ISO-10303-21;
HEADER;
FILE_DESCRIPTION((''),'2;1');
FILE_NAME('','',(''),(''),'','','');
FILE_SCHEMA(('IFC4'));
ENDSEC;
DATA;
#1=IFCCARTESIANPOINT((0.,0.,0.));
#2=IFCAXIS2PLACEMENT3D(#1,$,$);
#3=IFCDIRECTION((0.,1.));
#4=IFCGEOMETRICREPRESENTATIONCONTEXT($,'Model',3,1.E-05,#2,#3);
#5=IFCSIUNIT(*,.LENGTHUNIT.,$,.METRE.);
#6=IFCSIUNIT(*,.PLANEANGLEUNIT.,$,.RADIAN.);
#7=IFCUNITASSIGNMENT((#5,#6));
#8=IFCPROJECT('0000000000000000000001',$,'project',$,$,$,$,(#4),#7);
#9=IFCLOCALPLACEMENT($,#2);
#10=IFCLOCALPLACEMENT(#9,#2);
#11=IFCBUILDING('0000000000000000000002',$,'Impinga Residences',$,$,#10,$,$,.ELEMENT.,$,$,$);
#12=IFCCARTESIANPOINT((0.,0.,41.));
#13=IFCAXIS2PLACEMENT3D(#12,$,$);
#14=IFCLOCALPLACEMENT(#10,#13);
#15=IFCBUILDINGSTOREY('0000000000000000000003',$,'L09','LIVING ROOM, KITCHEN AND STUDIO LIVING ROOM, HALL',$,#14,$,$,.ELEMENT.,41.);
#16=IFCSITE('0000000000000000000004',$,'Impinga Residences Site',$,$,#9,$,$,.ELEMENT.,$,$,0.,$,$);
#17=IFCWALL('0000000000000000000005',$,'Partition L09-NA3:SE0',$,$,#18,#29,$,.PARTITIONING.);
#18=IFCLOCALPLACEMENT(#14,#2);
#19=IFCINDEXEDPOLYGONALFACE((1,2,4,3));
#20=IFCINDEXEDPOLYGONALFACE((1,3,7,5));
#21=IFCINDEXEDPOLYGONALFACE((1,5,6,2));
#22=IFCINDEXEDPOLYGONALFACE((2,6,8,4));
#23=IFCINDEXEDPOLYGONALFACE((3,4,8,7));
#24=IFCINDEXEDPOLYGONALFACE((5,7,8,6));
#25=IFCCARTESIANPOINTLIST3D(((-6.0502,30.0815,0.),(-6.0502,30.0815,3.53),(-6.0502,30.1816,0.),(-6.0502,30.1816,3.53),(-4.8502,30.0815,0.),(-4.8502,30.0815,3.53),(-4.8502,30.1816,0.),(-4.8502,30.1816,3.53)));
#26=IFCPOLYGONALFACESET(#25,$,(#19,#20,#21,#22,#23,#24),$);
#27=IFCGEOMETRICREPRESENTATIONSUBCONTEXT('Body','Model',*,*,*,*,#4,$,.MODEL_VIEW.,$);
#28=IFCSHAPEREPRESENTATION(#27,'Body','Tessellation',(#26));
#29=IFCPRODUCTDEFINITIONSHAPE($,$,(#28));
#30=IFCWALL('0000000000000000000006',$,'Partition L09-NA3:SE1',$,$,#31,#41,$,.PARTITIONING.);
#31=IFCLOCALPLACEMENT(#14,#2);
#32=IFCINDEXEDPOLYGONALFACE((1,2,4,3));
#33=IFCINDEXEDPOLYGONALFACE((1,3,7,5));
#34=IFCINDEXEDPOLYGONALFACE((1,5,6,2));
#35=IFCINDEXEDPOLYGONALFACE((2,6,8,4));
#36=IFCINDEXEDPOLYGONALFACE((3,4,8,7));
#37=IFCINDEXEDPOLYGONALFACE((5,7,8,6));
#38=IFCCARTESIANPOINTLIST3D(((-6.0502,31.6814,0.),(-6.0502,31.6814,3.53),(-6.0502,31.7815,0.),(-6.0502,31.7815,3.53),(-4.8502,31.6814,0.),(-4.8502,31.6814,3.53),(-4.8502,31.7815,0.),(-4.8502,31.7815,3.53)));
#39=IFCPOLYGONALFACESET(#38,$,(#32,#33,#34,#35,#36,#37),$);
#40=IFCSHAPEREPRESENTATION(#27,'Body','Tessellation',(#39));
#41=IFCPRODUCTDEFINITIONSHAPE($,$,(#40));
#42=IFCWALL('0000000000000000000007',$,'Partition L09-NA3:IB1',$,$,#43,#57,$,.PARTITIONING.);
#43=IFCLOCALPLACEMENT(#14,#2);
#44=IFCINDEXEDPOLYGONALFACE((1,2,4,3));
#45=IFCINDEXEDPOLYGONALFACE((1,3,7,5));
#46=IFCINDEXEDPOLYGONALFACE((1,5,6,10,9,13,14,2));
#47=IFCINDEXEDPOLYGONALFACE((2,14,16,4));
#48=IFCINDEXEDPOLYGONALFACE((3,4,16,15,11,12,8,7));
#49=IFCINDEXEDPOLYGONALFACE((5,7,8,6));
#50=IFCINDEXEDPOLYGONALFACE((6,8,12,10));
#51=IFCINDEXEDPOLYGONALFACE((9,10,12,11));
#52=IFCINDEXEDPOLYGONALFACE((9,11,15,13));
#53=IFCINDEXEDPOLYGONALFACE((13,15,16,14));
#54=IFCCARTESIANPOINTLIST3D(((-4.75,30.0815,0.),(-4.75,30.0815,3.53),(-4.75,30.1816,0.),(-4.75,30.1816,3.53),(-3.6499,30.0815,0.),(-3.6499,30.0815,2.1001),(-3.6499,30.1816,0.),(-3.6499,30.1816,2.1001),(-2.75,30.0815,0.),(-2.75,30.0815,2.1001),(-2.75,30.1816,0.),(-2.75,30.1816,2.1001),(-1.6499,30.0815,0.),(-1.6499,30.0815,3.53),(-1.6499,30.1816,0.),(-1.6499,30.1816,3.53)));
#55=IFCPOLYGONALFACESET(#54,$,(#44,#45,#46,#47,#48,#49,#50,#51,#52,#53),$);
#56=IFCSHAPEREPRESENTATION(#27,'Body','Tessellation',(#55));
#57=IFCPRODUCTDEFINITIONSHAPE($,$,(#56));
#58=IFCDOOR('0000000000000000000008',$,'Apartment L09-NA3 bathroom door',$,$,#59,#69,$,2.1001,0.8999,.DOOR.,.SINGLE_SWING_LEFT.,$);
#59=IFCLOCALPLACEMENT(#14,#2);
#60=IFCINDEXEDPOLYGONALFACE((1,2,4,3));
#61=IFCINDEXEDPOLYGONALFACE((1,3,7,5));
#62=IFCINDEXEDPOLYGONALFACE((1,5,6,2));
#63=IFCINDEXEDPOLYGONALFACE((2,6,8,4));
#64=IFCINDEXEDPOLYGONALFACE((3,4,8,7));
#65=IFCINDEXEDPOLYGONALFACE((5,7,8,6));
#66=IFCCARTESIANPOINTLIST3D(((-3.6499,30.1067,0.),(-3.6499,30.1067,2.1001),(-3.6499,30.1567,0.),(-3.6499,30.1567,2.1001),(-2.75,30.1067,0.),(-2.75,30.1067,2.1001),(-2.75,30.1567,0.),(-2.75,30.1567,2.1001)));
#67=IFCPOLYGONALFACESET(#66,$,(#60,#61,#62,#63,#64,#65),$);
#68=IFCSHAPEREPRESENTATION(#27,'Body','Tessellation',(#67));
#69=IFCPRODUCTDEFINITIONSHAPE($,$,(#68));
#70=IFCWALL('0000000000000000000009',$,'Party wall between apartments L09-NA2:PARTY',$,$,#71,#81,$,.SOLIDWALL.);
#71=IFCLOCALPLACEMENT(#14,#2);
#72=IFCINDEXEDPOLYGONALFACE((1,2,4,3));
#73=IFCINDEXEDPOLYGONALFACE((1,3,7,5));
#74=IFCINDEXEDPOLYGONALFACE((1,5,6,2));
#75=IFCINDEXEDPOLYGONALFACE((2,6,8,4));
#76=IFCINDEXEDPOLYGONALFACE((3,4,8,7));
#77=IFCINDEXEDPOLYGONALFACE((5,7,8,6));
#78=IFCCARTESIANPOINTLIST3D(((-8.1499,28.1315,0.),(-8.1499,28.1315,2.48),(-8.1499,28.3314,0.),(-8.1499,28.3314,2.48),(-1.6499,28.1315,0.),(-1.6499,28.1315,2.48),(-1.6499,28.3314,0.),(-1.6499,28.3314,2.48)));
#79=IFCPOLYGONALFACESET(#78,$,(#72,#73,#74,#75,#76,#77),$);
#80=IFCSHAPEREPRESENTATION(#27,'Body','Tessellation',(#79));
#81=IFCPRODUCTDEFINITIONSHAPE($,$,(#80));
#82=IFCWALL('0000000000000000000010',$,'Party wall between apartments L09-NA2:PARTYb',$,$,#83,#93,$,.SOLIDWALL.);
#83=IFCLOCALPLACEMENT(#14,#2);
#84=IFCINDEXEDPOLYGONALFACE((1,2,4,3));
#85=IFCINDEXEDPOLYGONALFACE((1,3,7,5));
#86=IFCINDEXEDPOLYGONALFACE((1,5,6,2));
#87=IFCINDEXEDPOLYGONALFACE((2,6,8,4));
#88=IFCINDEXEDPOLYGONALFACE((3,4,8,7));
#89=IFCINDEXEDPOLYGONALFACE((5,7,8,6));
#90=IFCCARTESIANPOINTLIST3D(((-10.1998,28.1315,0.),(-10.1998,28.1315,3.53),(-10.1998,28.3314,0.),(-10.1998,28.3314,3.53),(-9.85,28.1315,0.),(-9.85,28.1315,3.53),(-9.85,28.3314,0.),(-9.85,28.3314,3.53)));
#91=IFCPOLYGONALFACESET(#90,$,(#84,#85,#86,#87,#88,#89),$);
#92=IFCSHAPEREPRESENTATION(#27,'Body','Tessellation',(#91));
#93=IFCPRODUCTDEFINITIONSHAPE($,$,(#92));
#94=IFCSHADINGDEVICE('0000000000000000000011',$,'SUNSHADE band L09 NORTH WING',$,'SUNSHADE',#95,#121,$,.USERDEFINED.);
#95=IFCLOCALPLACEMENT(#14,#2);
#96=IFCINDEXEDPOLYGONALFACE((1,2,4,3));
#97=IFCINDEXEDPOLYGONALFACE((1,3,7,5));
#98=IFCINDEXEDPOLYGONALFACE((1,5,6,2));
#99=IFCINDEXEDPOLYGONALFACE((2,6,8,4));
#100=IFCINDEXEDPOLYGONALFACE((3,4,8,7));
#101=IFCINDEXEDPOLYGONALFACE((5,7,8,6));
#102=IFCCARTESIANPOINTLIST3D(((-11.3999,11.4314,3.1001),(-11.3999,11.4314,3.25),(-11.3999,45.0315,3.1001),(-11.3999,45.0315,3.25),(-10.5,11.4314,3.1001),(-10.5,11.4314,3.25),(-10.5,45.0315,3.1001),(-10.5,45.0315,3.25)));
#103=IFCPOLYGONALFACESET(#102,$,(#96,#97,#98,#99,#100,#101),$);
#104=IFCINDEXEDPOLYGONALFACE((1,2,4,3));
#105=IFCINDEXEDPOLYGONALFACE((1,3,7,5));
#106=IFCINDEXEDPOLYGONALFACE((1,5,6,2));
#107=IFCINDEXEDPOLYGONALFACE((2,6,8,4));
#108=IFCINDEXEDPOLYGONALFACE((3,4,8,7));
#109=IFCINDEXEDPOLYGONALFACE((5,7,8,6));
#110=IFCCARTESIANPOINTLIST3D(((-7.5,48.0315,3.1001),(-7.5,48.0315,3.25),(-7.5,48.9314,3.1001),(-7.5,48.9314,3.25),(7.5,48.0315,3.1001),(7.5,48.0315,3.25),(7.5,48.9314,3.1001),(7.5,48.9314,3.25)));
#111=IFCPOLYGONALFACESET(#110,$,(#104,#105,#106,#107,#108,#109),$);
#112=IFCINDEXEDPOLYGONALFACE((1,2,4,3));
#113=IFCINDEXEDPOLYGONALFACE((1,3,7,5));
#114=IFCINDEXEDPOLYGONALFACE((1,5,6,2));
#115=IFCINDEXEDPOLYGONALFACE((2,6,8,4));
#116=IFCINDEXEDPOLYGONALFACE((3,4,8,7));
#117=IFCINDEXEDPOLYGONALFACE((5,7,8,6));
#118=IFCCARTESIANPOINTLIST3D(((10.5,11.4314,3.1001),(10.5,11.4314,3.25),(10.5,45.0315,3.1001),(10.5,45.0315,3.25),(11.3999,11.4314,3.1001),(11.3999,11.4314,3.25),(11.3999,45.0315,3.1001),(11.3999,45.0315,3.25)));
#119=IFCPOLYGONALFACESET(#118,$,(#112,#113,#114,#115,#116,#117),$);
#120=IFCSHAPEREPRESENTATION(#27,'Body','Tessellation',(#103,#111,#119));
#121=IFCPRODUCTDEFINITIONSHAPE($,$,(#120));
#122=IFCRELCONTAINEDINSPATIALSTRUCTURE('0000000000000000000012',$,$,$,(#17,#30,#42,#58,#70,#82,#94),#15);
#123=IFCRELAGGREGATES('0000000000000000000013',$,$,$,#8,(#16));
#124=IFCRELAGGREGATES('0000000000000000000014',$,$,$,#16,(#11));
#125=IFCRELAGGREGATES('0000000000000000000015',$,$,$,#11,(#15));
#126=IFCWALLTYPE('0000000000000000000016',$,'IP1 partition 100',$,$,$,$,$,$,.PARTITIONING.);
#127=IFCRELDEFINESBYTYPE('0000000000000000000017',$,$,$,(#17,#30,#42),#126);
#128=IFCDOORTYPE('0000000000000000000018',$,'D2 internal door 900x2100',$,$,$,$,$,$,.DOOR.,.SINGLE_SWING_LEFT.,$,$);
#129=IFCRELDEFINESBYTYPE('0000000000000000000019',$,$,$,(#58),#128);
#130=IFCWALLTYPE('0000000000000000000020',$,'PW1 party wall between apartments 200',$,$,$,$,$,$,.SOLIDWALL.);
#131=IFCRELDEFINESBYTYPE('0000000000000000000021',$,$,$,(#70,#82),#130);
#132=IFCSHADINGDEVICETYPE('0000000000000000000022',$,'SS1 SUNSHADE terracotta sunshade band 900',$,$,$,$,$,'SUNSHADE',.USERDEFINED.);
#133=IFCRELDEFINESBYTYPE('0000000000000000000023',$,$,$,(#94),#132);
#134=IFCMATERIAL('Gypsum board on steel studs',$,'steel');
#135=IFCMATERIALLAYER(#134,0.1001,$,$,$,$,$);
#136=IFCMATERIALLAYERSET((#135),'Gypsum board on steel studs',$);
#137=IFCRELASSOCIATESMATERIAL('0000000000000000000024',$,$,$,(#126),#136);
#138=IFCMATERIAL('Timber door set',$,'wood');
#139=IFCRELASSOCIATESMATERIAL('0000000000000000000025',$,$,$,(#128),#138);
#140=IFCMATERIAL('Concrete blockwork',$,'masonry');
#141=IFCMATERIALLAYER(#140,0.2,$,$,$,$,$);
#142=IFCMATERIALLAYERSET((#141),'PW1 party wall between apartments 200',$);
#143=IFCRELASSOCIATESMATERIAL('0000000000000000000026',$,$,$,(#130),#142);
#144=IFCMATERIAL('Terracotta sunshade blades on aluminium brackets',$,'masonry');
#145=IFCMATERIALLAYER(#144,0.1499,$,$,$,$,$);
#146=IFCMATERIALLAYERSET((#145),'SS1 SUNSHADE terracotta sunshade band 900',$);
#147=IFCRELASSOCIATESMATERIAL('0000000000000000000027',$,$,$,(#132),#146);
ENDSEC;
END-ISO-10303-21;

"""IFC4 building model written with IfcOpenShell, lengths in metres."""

from ifc_helpers import new_model, si_unit, direction, frame, frame_2d, origin, origin_2d, place, context, subcontext, project, spatial, rectangle, extrude, material, layer, layer_set, type_object, element, fill, save


model = new_model("IFC4")

# Units and contexts
model_context = context("Model", 3, precision=1e-05, world=origin(), true_north=direction((0.0, 1.0)))
body_context = subcontext(model_context, "Body", "Model", "MODEL_VIEW")
ifc_project = project(units=[si_unit("LENGTHUNIT", "METRE"), si_unit("PLANEANGLEUNIT", "RADIAN")], contexts=[model_context])

# Site, building, storey
site_placement = place(None, origin())
site = spatial("IfcSite", under=ifc_project, at=site_placement, Name="Impinga Residences Site", CompositionType="ELEMENT", RefElevation=0.0)
building_placement = place(site_placement, origin())
building = spatial("IfcBuilding", under=site, at=building_placement, Name="Impinga Residences", CompositionType="ELEMENT")
storey_placement = place(building_placement, frame((0.0, 0.0, 41.0)))
storey = spatial("IfcBuildingStorey", under=building, at=storey_placement, Name="L09", Description="LIVING ROOM, KITCHEN AND STUDIO LIVING ROOM, HALL", CompositionType="ELEMENT", Elevation=41.0)

# Shared definitions
ifc_material_1 = material(Name="Concrete blockwork", Category="masonry")
ifc_material_2 = material(Name="Timber door set", Category="wood")

# Shared definitions
ifc_material_3 = material(Name="Gypsum board on steel studs", Category="steel")
ifc_layer_1 = layer(ifc_material_3, 0.1001)
ifc_layer_set_1 = layer_set([ifc_layer_1], Name="Gypsum board on steel studs")
wall_type_1 = type_object("IfcWallType", Name="IP1 partition 100", PredefinedType="PARTITIONING", material=ifc_layer_set_1)

# Shared definitions
door_type_1 = type_object("IfcDoorType", Name="D2 internal door 900x2100", OperationType="SINGLE_SWING_LEFT", PredefinedType="DOOR", material=ifc_material_2)

# Walls
for number, where, z_axis, x_axis, name in (
    (1, (-4.8501, 30.1316, 0.0), (0.0, 0.0, 1.0), (-1.0, 0.0, 0.0), "Partition L09-NA3:SE0"),
    (2, (-4.8501, 31.7314, 0.0), (0.0, 0.0, 1.0), (-1.0, 0.0, 0.0), "Partition L09-NA3:SE1"),
):
    element("IfcWall", number, at=place(storey_placement, frame(where, z_axis=z_axis, x_axis=x_axis)), inside=storey, type_object=wall_type_1, Name=name, PredefinedType="PARTITIONING", context=body_context, shape_type="SweptSolid", body=[
        extrude(rectangle(XDim=1.2, YDim=0.1001, at=frame_2d((0.6001, 0.0))), origin(), (0.0, 0.0, 1.0), 3.53),
    ])

# Wall, opening, door
wall_1_placement = place(storey_placement, frame((-1.6499, 30.1316, 0.0), z_axis=(0.0, 0.0, 1.0), x_axis=(-1.0, 0.0, 0.0)))
wall_1 = element("IfcWall", 3, at=wall_1_placement, inside=storey, type_object=wall_type_1, Name="Partition L09-NA3:IB1", PredefinedType="PARTITIONING", context=body_context, shape_type="SweptSolid", body=[
    extrude(rectangle(XDim=3.1001, YDim=0.1001, at=frame_2d((1.55, 0.0))), origin(), (0.0, 0.0, 1.0), 3.53),
])
opening_1_placement = place(wall_1_placement, frame((1.1001, 0.0, 0.0)))
opening_1 = element("IfcOpeningElement", 4, at=opening_1_placement, cuts=wall_1, PredefinedType="OPENING", context=body_context, shape_type="SweptSolid", body=[
    extrude(rectangle(XDim=0.8999, YDim=2.1001, at=frame_2d((0.45, 1.05))), frame((0.0, 0.0601, 0.0), z_axis=(0.0, -1.0, 0.0), x_axis=(1.0, 0.0, 0.0)), (0.0, 0.0, 1.0), 0.1201),
])
door_1_placement = place(opening_1_placement, origin())
door_1 = element("IfcDoor", 5, at=door_1_placement, inside=storey, type_object=door_type_1, Name="Apartment L09-NA3 bathroom door", OperationType="SINGLE_SWING_LEFT", OverallHeight=2.1001, OverallWidth=0.8999, PredefinedType="DOOR", context=body_context, shape_type="SweptSolid", body=[
    extrude(rectangle(XDim=0.8999, YDim=2.1001, at=frame_2d((0.45, 1.05))), frame((0.0, 0.0249, 0.0), z_axis=(0.0, -1.0, 0.0), x_axis=(1.0, 0.0, 0.0)), (0.0, 0.0, 1.0), 0.05),
])
fill(opening_1, door_1)

# Walls
ifc_layer_2 = layer(ifc_material_1, 0.2)
ifc_layer_set_2 = layer_set([ifc_layer_2], Name="PW1 party wall between apartments 200")
wall_type_2 = type_object("IfcWallType", Name="PW1 party wall between apartments 200", PredefinedType="SOLIDWALL", material=ifc_layer_set_2)
wall_2_placement = place(storey_placement, frame((-1.6499, 28.2314, 0.0), z_axis=(0.0, 0.0, 1.0), x_axis=(-1.0, 0.0, 0.0)))
element("IfcWall", 6, at=wall_2_placement, inside=storey, type_object=wall_type_2, Name="Party wall between apartments L09-NA2:PARTY", PredefinedType="SOLIDWALL", context=body_context, shape_type="SweptSolid", body=[
    extrude(rectangle(XDim=6.5, YDim=0.2, at=frame_2d((3.25, 0.0))), origin(), (0.0, 0.0, 1.0), 2.48),
])
wall_3_placement = place(storey_placement, frame((-9.8501, 28.2314, 0.0), z_axis=(0.0, 0.0, 1.0), x_axis=(-1.0, 0.0, 0.0)))
element("IfcWall", 7, at=wall_3_placement, inside=storey, type_object=wall_type_2, Name="Party wall between apartments L09-NA2:PARTYb", PredefinedType="SOLIDWALL", context=body_context, shape_type="SweptSolid", body=[
    extrude(rectangle(XDim=0.3499, YDim=0.2, at=frame_2d((0.1748, 0.0))), origin(), (0.0, 0.0, 1.0), 3.53),
])

# Shading device
ifc_material_4 = material(Name="Terracotta sunshade blades on aluminium brackets", Category="masonry")
ifc_layer_3 = layer(ifc_material_4, 0.1499)
ifc_layer_set_3 = layer_set([ifc_layer_3], Name="SS1 SUNSHADE terracotta sunshade band 900")
shading_device_type = type_object("IfcShadingDeviceType", Name="SS1 SUNSHADE terracotta sunshade band 900", ElementType="SUNSHADE", PredefinedType="USERDEFINED", material=ifc_layer_set_3)
shading_device_placement = place(storey_placement, frame((-10.95, 28.2314, 3.1001), z_axis=(0.0, 0.0, 1.0), x_axis=(0.0, 1.0, 0.0)))
element("IfcShadingDevice", 8, at=shading_device_placement, inside=storey, type_object=shading_device_type, Name="SUNSHADE band L09 NORTH WING", ObjectType="SUNSHADE", PredefinedType="USERDEFINED", context=body_context, shape_type="SweptSolid", body=[
    extrude(rectangle(XDim=33.6001, YDim=0.8999, at=origin_2d()), origin(), (0.0, 0.0, 1.0), 0.1499),
    extrude(rectangle(XDim=15.0, YDim=0.8999, at=origin_2d()), frame((20.25, -10.95, 0.0), z_axis=(0.0, 0.0, 1.0), x_axis=(0.0, -1.0, 0.0)), (0.0, 0.0, 1.0), 0.1499),
    extrude(rectangle(XDim=33.6001, YDim=0.8999, at=origin_2d()), frame((0.0, -21.8999, 0.0), z_axis=(0.0, 0.0, 1.0), x_axis=(-1.0, 0.0, 0.0)), (0.0, 0.0, 1.0), 0.1499),
])

save(model, "model.ifc")
